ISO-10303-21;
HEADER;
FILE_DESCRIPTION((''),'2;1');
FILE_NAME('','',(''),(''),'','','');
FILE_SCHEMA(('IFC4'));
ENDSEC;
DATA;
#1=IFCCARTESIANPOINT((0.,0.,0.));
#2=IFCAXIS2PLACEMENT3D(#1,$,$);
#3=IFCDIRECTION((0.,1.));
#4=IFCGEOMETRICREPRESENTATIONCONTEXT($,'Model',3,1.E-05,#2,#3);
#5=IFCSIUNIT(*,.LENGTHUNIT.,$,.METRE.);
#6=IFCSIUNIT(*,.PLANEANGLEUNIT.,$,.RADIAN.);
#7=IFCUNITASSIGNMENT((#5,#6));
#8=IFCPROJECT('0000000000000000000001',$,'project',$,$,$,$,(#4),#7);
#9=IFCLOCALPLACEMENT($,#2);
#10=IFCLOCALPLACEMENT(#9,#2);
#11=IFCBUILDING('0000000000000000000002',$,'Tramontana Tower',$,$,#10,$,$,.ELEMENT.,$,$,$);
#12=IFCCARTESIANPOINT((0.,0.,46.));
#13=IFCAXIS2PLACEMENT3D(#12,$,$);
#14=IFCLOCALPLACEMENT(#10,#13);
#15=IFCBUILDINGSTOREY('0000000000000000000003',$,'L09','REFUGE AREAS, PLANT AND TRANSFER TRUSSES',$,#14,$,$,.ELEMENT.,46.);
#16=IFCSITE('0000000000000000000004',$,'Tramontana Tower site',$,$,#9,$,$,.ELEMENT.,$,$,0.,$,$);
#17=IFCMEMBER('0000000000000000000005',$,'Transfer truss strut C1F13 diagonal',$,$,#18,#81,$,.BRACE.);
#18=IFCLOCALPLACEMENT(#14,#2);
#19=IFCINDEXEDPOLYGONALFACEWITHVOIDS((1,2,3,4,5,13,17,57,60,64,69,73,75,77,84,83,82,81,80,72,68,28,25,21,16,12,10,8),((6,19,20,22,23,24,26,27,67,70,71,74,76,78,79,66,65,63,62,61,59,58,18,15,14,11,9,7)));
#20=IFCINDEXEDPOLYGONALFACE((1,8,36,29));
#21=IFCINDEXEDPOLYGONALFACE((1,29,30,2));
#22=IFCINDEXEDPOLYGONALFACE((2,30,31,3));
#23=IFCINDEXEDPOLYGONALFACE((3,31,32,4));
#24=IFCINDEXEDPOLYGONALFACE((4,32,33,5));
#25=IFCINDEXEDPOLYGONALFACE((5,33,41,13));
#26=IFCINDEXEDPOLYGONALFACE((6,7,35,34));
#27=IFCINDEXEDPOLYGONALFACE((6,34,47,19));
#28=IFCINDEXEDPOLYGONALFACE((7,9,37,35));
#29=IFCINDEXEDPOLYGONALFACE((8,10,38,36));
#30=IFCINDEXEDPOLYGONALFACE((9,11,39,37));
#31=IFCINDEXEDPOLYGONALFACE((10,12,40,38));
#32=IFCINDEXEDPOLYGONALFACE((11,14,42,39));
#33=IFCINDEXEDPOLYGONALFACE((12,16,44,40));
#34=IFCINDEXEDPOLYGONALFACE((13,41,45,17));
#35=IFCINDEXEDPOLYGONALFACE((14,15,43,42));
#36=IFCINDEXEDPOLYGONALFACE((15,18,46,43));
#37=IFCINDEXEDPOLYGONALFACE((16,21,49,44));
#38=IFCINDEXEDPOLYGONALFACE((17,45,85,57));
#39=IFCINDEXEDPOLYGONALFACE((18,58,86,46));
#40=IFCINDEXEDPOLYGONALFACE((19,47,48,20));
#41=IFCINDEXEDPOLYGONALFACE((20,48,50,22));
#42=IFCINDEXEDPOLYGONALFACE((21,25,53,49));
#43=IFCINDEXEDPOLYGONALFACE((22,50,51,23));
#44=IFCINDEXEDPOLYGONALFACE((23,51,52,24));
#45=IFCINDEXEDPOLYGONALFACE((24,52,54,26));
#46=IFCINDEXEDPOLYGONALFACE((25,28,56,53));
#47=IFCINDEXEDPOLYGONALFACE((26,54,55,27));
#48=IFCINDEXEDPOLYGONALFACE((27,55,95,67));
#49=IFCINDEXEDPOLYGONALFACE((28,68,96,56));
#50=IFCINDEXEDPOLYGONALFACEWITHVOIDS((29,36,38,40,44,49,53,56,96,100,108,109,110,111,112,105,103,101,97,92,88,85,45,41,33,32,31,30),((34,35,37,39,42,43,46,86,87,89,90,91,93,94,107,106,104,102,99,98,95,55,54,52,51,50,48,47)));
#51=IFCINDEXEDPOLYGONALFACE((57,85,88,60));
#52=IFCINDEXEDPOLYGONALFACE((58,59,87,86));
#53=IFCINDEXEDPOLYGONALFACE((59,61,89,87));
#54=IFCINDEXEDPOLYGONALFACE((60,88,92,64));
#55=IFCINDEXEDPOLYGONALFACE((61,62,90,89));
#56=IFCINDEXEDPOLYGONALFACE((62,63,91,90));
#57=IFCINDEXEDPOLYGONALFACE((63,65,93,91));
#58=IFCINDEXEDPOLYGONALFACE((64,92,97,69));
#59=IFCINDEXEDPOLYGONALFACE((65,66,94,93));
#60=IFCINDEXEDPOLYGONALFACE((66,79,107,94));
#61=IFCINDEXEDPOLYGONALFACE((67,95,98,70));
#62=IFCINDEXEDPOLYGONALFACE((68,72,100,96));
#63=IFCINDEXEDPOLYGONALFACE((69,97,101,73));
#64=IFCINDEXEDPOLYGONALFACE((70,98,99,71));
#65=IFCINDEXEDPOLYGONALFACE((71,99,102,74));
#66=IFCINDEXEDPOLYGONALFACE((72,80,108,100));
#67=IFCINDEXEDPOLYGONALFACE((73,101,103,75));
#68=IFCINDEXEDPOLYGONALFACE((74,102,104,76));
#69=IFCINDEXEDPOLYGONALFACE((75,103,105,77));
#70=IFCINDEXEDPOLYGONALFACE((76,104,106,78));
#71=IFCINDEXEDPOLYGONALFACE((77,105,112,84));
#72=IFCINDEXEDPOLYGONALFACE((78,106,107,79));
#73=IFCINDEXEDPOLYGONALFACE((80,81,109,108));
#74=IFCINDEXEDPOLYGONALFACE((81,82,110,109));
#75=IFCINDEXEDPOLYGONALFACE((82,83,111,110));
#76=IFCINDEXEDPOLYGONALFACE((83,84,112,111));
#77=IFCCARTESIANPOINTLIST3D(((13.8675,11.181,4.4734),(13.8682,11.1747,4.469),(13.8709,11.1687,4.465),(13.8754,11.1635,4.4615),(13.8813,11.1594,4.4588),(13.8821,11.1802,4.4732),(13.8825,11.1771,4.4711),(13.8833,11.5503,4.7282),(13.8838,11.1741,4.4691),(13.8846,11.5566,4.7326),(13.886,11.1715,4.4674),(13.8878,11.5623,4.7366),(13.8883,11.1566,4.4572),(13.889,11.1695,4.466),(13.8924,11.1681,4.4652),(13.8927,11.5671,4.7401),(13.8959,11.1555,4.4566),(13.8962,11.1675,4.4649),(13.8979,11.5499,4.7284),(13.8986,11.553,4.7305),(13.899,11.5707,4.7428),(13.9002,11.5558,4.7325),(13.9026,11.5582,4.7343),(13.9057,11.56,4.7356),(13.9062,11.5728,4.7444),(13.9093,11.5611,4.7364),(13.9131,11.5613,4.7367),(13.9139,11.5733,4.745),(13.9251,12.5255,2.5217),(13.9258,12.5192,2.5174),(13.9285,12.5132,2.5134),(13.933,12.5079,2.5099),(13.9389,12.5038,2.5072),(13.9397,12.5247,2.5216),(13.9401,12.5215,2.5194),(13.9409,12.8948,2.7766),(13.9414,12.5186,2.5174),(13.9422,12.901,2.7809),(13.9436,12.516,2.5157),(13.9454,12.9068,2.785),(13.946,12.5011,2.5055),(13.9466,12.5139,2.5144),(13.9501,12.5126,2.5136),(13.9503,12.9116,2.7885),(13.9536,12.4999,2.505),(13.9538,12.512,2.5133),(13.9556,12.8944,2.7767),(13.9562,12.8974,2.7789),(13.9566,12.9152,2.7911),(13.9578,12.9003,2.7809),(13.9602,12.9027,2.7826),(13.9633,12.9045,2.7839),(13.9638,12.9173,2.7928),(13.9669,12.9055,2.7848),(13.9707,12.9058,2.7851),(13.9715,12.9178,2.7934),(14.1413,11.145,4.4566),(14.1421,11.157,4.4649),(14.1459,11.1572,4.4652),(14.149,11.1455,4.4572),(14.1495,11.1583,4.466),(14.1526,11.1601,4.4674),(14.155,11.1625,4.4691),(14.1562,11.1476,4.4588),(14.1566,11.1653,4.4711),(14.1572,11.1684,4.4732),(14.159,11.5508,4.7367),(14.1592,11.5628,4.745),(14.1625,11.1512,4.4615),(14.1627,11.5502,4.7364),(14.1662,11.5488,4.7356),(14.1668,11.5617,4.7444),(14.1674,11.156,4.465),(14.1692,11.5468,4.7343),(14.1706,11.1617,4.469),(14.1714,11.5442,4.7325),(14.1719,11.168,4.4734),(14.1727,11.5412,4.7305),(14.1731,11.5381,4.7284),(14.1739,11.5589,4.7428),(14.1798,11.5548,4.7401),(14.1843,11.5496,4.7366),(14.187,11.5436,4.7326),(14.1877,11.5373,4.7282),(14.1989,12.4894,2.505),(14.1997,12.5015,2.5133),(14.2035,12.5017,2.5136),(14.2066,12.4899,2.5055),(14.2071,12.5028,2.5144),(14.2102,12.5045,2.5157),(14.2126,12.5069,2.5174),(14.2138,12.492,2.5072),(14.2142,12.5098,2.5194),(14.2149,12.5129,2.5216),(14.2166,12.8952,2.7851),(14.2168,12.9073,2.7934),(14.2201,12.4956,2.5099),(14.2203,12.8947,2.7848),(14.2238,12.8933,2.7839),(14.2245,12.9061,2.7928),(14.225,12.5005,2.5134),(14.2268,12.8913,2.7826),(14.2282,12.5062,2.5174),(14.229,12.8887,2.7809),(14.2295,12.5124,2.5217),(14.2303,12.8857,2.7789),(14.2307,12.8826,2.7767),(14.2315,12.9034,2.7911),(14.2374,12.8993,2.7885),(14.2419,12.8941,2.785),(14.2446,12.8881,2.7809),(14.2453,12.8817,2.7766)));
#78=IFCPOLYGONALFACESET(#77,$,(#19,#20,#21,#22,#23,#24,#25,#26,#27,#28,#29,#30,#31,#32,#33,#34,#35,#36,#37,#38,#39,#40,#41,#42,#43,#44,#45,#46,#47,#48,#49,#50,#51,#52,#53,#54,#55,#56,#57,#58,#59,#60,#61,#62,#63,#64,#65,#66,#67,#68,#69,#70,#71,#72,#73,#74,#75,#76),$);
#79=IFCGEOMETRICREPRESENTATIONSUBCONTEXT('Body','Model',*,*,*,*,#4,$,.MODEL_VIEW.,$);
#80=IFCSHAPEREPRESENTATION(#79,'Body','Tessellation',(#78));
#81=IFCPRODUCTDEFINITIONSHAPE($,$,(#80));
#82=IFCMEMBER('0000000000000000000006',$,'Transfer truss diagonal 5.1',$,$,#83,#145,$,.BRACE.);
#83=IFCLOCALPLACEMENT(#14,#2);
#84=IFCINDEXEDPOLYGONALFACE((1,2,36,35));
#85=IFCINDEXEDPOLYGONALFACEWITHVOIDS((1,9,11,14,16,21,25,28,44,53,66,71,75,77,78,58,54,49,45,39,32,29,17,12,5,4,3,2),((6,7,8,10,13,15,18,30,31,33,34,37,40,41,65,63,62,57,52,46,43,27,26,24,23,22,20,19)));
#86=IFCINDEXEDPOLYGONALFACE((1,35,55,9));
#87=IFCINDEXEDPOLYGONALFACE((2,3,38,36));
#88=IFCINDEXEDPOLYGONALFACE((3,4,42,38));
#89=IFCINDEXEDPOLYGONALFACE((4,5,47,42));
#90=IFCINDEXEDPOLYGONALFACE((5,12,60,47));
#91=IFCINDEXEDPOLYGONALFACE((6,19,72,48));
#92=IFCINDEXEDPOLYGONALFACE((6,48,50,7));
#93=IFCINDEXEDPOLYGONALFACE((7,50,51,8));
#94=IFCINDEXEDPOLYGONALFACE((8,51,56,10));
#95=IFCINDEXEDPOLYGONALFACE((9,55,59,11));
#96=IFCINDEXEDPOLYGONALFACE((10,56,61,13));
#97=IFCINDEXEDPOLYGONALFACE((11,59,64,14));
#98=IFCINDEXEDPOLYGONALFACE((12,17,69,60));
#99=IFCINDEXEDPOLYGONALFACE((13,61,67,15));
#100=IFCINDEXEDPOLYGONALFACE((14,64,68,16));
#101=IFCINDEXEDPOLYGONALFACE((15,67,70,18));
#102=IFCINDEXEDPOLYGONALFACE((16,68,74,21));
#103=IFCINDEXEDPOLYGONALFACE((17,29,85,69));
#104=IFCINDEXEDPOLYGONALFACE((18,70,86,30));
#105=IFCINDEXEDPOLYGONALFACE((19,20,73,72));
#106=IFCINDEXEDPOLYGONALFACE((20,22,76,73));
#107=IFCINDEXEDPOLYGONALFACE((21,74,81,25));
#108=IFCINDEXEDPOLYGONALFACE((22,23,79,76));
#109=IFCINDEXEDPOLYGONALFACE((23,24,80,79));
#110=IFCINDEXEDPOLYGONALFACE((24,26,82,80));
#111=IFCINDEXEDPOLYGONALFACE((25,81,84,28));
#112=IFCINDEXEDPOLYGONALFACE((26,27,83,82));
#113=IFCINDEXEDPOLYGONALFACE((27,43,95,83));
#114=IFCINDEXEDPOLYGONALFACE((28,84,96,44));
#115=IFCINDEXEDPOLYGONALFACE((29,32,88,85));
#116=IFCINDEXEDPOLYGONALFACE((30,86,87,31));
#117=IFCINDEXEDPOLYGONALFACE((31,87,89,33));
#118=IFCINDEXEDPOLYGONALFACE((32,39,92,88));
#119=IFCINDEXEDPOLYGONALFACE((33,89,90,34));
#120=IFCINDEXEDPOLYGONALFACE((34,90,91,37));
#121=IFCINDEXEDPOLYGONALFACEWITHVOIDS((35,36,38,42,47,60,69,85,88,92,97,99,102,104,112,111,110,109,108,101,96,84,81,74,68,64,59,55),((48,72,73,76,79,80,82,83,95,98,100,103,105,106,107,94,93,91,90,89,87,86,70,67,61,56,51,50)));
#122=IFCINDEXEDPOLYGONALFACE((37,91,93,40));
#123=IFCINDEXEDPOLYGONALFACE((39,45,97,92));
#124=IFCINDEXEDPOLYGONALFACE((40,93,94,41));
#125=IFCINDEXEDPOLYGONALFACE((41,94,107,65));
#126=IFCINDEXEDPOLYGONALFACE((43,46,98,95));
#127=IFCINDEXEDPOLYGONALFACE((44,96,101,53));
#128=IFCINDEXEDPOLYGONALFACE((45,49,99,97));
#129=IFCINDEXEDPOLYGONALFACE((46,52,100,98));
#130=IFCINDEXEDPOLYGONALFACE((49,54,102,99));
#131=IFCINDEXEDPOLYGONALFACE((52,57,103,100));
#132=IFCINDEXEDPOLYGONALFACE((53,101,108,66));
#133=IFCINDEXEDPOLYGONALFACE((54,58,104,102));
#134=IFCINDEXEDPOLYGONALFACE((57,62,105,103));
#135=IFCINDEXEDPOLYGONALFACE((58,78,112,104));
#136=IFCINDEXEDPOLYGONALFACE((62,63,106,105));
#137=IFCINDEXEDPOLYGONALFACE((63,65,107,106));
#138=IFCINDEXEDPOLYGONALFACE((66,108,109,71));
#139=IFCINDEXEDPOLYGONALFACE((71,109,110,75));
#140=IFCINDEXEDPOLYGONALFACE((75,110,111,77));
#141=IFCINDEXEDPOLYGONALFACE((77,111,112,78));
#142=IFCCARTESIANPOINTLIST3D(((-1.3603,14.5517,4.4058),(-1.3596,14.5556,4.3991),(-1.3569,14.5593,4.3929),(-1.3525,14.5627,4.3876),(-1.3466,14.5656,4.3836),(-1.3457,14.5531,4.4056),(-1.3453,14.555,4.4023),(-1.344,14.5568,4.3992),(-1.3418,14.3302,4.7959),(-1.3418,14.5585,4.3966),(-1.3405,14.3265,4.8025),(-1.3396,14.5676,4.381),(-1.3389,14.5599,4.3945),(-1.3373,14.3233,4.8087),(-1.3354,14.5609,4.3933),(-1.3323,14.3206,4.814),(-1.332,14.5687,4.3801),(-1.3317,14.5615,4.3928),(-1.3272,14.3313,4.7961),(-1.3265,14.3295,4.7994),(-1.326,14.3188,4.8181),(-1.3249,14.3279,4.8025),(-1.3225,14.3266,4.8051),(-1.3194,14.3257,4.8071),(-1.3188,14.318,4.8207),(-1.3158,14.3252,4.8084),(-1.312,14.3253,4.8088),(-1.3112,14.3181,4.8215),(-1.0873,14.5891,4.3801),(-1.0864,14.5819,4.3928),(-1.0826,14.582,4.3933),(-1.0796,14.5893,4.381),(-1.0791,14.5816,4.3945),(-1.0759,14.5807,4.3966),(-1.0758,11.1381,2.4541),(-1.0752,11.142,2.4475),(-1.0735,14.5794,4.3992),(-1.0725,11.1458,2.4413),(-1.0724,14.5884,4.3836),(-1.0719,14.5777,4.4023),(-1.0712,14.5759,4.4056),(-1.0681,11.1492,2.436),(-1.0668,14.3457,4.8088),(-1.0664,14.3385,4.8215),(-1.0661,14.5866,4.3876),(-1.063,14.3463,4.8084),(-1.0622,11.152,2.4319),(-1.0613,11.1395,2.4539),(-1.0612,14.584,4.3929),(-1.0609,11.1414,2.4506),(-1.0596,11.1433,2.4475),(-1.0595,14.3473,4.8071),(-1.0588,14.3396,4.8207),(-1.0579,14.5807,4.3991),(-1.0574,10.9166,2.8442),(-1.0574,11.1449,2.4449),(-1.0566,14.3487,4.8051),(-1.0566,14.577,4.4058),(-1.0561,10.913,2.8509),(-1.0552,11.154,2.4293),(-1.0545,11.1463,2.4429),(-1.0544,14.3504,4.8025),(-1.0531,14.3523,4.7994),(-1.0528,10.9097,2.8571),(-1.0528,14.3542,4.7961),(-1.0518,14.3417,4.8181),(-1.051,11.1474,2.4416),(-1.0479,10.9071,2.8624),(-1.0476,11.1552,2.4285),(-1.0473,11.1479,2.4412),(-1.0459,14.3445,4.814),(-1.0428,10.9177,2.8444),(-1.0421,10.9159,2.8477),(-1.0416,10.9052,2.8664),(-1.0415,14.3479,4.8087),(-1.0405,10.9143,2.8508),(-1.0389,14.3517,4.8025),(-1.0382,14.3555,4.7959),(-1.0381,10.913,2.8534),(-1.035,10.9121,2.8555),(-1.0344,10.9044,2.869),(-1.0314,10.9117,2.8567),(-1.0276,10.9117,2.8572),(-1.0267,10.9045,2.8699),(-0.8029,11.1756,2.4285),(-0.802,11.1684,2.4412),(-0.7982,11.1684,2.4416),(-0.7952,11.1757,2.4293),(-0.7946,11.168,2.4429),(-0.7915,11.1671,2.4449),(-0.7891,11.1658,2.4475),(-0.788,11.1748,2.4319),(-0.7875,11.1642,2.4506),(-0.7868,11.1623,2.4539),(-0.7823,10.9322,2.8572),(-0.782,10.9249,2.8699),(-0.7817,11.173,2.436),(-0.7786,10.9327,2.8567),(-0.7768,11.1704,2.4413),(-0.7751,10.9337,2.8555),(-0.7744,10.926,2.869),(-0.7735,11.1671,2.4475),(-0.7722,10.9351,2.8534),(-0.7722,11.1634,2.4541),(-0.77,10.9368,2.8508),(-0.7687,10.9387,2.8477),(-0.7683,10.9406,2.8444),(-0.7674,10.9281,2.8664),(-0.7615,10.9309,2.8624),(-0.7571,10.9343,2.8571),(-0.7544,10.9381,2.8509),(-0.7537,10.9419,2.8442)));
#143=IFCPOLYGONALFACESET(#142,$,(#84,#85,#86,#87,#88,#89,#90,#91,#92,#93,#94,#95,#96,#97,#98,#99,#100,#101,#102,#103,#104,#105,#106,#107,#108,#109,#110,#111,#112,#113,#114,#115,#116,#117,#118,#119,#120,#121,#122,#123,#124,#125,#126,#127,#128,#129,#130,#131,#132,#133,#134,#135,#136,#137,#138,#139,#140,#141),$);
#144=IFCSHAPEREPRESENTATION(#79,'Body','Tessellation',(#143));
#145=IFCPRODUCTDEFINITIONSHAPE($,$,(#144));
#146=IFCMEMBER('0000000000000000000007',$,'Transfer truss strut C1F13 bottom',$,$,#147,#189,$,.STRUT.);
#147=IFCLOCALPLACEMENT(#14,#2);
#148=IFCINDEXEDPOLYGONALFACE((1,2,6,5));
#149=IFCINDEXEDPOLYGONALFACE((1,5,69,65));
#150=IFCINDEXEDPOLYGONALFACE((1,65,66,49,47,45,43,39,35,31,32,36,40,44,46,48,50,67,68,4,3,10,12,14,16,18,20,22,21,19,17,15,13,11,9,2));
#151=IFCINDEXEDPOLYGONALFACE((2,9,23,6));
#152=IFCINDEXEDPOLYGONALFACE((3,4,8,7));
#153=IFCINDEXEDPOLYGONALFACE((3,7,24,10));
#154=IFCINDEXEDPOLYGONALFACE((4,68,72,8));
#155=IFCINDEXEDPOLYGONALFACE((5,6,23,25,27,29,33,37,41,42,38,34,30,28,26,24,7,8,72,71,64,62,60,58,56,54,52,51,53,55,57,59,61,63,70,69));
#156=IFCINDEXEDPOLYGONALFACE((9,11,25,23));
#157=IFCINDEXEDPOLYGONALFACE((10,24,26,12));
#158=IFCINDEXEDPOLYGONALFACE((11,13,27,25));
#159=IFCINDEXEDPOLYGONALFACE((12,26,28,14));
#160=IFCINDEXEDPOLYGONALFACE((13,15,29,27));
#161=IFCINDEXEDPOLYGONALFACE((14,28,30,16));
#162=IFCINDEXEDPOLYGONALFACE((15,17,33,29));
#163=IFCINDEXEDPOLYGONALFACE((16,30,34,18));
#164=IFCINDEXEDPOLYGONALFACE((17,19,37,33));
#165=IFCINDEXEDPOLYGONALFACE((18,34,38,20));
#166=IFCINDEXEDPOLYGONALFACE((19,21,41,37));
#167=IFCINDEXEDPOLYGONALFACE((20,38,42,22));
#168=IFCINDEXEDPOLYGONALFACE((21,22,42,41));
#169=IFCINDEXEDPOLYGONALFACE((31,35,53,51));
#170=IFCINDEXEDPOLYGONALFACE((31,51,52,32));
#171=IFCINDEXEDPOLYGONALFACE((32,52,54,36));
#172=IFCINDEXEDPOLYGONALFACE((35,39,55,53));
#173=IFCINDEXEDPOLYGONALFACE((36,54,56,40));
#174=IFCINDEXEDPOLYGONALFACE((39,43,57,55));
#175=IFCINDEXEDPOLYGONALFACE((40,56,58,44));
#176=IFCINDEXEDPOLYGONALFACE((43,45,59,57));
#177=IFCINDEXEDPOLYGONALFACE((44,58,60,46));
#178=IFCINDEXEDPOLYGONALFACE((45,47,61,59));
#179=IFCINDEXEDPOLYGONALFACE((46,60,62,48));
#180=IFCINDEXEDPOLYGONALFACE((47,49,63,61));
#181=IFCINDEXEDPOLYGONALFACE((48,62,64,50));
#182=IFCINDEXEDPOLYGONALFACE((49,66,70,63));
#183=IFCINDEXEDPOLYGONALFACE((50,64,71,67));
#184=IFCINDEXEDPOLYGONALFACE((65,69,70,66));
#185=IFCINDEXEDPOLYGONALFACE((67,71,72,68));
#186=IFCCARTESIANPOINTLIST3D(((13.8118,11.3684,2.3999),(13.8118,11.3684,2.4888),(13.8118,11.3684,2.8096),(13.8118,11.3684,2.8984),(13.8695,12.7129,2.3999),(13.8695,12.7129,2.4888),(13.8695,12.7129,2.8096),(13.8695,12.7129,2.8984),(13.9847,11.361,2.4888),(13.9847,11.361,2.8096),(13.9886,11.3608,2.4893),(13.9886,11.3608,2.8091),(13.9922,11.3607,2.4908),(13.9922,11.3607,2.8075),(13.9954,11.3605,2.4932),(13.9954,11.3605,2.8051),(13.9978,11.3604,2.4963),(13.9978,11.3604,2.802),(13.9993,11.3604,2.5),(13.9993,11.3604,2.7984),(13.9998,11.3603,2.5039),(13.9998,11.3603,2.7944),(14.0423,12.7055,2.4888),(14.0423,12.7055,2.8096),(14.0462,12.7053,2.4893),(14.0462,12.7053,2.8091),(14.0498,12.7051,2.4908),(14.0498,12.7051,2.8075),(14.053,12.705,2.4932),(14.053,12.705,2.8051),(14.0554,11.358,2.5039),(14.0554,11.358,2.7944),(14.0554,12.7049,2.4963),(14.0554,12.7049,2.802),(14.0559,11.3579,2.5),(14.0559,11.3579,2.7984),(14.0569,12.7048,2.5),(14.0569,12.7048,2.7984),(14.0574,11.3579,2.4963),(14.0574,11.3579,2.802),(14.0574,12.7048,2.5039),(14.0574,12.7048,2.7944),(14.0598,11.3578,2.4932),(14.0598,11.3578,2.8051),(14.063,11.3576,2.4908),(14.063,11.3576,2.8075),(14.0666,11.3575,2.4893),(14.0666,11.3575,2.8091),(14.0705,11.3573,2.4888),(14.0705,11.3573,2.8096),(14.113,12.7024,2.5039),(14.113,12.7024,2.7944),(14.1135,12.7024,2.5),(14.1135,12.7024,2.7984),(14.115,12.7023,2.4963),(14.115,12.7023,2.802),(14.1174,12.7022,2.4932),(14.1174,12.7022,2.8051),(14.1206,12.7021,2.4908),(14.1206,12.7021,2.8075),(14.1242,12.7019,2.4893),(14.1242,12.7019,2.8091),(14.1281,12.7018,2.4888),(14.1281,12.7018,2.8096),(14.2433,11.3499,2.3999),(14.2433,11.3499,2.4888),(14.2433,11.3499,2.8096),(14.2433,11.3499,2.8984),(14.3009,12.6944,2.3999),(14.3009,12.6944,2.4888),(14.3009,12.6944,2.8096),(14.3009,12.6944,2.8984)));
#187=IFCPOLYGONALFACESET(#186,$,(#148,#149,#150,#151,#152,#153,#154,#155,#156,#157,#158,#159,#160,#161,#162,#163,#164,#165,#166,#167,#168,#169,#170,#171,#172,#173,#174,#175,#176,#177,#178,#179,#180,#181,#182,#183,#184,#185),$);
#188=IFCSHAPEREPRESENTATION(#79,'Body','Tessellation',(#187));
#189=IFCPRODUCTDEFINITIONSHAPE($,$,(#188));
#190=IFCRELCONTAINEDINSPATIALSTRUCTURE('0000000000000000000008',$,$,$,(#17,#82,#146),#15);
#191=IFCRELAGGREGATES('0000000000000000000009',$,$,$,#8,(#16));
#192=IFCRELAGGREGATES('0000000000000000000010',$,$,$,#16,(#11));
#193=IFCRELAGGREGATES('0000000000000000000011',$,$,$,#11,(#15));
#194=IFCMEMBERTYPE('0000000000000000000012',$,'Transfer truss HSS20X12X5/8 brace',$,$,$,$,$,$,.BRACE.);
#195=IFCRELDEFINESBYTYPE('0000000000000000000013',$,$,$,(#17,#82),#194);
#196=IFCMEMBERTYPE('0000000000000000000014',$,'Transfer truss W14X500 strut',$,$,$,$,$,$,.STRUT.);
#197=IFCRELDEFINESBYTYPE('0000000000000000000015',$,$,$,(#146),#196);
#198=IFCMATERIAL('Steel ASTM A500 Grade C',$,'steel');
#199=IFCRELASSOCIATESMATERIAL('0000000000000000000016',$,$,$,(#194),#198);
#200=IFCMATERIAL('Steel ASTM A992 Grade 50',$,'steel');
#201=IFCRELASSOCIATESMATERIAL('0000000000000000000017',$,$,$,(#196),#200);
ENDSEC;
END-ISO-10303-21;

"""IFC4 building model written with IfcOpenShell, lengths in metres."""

from ifc_helpers import new_model, si_unit, direction, frame, origin, origin_2d, place, context, subcontext, project, spatial, hollow_rectangle, i_section, extrude, material, material_profile, profile_set, type_object, element, save


model = new_model("IFC4")

# Units and contexts
model_context = context("Model", 3, precision=1e-05, world=origin(), true_north=direction((0.0, 1.0)))
body_context = subcontext(model_context, "Body", "Model", "MODEL_VIEW")
ifc_project = project(units=[si_unit("LENGTHUNIT", "METRE"), si_unit("PLANEANGLEUNIT", "RADIAN")], contexts=[model_context])

# Site, building, storey
site_placement = place(None, origin())
site = spatial("IfcSite", under=ifc_project, at=site_placement, Name="Tramontana Tower site", CompositionType="ELEMENT", RefElevation=0.0)
building_placement = place(site_placement, origin())
building = spatial("IfcBuilding", under=site, at=building_placement, Name="Tramontana Tower", CompositionType="ELEMENT")
storey_placement = place(building_placement, frame((0.0, 0.0, 46.0)))
storey = spatial("IfcBuildingStorey", under=building, at=storey_placement, Name="L09", Description="REFUGE AREAS, PLANT AND TRANSFER TRUSSES", CompositionType="ELEMENT", Elevation=46.0)

# Members
ifc_material_1 = material(Name="Steel ASTM A500 Grade C", Category="steel")
ifc_material_profile_1 = material_profile(ifc_material_1, hollow_rectangle(XDim=0.3047, YDim=0.5081, WallThickness=0.0146, InnerFilletRadius=0.0146, OuterFilletRadius=0.0295, at=origin_2d()), Name="HSS20X12X5/8")
ifc_profile_set_1 = profile_set([ifc_material_profile_1], Name="Steel ASTM A500 Grade C")
member_type_1 = type_object("IfcMemberType", Name="Transfer truss HSS20X12X5/8 brace", PredefinedType="BRACE", material=ifc_profile_set_1)
member_1_placement = place(storey_placement, frame((14.0852, 12.7036, 2.6492), z_axis=(-0.024304, -0.567139, 0.823263), x_axis=(0.999083, -0.042815, 0.0)))
element("IfcMember", 1, at=member_1_placement, inside=storey, type_object=member_type_1, Name="Transfer truss strut C1F13 diagonal", PredefinedType="BRACE", context=body_context, shape_type="SweptSolid", body=[
    extrude(hollow_rectangle(XDim=0.3047, YDim=0.5081, WallThickness=0.0146, InnerFilletRadius=0.0146, OuterFilletRadius=0.0295, at=origin_2d()), origin(), (0.0, 0.0, 1.0), 2.3706),
])
member_2_placement = place(storey_placement, frame((-0.9148, 11.04, 2.6492), z_axis=(-0.072145, 0.865866, 0.495046), x_axis=(-0.996547, -0.083034, 0.0)))
element("IfcMember", 2, at=member_2_placement, inside=storey, type_object=member_type_1, Name="Transfer truss diagonal 5.1", PredefinedType="BRACE", context=body_context, shape_type="SweptSolid", body=[
    extrude(hollow_rectangle(XDim=0.3047, YDim=0.5081, WallThickness=0.0146, InnerFilletRadius=0.0146, OuterFilletRadius=0.0295, at=origin_2d()), origin(), (0.0, 0.0, 1.0), 3.9424),
])
ifc_material_2 = material(Name="Steel ASTM A992 Grade 50", Category="steel")
ifc_material_profile_2 = material_profile(ifc_material_2, i_section(OverallWidth=0.4319, OverallDepth=0.4985, WebThickness=0.0557, FlangeThickness=0.0889, FilletRadius=0.0151, at=origin_2d()), Name="W14X500")
ifc_profile_set_2 = profile_set([ifc_material_profile_2], Name="Steel ASTM A992 Grade 50")
member_type_2 = type_object("IfcMemberType", Name="Transfer truss W14X500 strut", PredefinedType="STRUT", material=ifc_profile_set_2)
member_3_placement = place(storey_placement, frame((14.0852, 12.7036, 2.6492), z_axis=(-0.042815, -0.999083, 0.0), x_axis=(0.999083, -0.042815, 0.0)))
element("IfcMember", 3, at=member_3_placement, inside=storey, type_object=member_type_2, Name="Transfer truss strut C1F13 bottom", PredefinedType="STRUT", context=body_context, shape_type="SweptSolid", body=[
    extrude(i_section(OverallWidth=0.4319, OverallDepth=0.4985, WebThickness=0.0557, FlangeThickness=0.0889, FilletRadius=0.0151, at=origin_2d()), origin(), (0.0, 0.0, 1.0), 1.3457),
])

save(model, "model.ifc")
